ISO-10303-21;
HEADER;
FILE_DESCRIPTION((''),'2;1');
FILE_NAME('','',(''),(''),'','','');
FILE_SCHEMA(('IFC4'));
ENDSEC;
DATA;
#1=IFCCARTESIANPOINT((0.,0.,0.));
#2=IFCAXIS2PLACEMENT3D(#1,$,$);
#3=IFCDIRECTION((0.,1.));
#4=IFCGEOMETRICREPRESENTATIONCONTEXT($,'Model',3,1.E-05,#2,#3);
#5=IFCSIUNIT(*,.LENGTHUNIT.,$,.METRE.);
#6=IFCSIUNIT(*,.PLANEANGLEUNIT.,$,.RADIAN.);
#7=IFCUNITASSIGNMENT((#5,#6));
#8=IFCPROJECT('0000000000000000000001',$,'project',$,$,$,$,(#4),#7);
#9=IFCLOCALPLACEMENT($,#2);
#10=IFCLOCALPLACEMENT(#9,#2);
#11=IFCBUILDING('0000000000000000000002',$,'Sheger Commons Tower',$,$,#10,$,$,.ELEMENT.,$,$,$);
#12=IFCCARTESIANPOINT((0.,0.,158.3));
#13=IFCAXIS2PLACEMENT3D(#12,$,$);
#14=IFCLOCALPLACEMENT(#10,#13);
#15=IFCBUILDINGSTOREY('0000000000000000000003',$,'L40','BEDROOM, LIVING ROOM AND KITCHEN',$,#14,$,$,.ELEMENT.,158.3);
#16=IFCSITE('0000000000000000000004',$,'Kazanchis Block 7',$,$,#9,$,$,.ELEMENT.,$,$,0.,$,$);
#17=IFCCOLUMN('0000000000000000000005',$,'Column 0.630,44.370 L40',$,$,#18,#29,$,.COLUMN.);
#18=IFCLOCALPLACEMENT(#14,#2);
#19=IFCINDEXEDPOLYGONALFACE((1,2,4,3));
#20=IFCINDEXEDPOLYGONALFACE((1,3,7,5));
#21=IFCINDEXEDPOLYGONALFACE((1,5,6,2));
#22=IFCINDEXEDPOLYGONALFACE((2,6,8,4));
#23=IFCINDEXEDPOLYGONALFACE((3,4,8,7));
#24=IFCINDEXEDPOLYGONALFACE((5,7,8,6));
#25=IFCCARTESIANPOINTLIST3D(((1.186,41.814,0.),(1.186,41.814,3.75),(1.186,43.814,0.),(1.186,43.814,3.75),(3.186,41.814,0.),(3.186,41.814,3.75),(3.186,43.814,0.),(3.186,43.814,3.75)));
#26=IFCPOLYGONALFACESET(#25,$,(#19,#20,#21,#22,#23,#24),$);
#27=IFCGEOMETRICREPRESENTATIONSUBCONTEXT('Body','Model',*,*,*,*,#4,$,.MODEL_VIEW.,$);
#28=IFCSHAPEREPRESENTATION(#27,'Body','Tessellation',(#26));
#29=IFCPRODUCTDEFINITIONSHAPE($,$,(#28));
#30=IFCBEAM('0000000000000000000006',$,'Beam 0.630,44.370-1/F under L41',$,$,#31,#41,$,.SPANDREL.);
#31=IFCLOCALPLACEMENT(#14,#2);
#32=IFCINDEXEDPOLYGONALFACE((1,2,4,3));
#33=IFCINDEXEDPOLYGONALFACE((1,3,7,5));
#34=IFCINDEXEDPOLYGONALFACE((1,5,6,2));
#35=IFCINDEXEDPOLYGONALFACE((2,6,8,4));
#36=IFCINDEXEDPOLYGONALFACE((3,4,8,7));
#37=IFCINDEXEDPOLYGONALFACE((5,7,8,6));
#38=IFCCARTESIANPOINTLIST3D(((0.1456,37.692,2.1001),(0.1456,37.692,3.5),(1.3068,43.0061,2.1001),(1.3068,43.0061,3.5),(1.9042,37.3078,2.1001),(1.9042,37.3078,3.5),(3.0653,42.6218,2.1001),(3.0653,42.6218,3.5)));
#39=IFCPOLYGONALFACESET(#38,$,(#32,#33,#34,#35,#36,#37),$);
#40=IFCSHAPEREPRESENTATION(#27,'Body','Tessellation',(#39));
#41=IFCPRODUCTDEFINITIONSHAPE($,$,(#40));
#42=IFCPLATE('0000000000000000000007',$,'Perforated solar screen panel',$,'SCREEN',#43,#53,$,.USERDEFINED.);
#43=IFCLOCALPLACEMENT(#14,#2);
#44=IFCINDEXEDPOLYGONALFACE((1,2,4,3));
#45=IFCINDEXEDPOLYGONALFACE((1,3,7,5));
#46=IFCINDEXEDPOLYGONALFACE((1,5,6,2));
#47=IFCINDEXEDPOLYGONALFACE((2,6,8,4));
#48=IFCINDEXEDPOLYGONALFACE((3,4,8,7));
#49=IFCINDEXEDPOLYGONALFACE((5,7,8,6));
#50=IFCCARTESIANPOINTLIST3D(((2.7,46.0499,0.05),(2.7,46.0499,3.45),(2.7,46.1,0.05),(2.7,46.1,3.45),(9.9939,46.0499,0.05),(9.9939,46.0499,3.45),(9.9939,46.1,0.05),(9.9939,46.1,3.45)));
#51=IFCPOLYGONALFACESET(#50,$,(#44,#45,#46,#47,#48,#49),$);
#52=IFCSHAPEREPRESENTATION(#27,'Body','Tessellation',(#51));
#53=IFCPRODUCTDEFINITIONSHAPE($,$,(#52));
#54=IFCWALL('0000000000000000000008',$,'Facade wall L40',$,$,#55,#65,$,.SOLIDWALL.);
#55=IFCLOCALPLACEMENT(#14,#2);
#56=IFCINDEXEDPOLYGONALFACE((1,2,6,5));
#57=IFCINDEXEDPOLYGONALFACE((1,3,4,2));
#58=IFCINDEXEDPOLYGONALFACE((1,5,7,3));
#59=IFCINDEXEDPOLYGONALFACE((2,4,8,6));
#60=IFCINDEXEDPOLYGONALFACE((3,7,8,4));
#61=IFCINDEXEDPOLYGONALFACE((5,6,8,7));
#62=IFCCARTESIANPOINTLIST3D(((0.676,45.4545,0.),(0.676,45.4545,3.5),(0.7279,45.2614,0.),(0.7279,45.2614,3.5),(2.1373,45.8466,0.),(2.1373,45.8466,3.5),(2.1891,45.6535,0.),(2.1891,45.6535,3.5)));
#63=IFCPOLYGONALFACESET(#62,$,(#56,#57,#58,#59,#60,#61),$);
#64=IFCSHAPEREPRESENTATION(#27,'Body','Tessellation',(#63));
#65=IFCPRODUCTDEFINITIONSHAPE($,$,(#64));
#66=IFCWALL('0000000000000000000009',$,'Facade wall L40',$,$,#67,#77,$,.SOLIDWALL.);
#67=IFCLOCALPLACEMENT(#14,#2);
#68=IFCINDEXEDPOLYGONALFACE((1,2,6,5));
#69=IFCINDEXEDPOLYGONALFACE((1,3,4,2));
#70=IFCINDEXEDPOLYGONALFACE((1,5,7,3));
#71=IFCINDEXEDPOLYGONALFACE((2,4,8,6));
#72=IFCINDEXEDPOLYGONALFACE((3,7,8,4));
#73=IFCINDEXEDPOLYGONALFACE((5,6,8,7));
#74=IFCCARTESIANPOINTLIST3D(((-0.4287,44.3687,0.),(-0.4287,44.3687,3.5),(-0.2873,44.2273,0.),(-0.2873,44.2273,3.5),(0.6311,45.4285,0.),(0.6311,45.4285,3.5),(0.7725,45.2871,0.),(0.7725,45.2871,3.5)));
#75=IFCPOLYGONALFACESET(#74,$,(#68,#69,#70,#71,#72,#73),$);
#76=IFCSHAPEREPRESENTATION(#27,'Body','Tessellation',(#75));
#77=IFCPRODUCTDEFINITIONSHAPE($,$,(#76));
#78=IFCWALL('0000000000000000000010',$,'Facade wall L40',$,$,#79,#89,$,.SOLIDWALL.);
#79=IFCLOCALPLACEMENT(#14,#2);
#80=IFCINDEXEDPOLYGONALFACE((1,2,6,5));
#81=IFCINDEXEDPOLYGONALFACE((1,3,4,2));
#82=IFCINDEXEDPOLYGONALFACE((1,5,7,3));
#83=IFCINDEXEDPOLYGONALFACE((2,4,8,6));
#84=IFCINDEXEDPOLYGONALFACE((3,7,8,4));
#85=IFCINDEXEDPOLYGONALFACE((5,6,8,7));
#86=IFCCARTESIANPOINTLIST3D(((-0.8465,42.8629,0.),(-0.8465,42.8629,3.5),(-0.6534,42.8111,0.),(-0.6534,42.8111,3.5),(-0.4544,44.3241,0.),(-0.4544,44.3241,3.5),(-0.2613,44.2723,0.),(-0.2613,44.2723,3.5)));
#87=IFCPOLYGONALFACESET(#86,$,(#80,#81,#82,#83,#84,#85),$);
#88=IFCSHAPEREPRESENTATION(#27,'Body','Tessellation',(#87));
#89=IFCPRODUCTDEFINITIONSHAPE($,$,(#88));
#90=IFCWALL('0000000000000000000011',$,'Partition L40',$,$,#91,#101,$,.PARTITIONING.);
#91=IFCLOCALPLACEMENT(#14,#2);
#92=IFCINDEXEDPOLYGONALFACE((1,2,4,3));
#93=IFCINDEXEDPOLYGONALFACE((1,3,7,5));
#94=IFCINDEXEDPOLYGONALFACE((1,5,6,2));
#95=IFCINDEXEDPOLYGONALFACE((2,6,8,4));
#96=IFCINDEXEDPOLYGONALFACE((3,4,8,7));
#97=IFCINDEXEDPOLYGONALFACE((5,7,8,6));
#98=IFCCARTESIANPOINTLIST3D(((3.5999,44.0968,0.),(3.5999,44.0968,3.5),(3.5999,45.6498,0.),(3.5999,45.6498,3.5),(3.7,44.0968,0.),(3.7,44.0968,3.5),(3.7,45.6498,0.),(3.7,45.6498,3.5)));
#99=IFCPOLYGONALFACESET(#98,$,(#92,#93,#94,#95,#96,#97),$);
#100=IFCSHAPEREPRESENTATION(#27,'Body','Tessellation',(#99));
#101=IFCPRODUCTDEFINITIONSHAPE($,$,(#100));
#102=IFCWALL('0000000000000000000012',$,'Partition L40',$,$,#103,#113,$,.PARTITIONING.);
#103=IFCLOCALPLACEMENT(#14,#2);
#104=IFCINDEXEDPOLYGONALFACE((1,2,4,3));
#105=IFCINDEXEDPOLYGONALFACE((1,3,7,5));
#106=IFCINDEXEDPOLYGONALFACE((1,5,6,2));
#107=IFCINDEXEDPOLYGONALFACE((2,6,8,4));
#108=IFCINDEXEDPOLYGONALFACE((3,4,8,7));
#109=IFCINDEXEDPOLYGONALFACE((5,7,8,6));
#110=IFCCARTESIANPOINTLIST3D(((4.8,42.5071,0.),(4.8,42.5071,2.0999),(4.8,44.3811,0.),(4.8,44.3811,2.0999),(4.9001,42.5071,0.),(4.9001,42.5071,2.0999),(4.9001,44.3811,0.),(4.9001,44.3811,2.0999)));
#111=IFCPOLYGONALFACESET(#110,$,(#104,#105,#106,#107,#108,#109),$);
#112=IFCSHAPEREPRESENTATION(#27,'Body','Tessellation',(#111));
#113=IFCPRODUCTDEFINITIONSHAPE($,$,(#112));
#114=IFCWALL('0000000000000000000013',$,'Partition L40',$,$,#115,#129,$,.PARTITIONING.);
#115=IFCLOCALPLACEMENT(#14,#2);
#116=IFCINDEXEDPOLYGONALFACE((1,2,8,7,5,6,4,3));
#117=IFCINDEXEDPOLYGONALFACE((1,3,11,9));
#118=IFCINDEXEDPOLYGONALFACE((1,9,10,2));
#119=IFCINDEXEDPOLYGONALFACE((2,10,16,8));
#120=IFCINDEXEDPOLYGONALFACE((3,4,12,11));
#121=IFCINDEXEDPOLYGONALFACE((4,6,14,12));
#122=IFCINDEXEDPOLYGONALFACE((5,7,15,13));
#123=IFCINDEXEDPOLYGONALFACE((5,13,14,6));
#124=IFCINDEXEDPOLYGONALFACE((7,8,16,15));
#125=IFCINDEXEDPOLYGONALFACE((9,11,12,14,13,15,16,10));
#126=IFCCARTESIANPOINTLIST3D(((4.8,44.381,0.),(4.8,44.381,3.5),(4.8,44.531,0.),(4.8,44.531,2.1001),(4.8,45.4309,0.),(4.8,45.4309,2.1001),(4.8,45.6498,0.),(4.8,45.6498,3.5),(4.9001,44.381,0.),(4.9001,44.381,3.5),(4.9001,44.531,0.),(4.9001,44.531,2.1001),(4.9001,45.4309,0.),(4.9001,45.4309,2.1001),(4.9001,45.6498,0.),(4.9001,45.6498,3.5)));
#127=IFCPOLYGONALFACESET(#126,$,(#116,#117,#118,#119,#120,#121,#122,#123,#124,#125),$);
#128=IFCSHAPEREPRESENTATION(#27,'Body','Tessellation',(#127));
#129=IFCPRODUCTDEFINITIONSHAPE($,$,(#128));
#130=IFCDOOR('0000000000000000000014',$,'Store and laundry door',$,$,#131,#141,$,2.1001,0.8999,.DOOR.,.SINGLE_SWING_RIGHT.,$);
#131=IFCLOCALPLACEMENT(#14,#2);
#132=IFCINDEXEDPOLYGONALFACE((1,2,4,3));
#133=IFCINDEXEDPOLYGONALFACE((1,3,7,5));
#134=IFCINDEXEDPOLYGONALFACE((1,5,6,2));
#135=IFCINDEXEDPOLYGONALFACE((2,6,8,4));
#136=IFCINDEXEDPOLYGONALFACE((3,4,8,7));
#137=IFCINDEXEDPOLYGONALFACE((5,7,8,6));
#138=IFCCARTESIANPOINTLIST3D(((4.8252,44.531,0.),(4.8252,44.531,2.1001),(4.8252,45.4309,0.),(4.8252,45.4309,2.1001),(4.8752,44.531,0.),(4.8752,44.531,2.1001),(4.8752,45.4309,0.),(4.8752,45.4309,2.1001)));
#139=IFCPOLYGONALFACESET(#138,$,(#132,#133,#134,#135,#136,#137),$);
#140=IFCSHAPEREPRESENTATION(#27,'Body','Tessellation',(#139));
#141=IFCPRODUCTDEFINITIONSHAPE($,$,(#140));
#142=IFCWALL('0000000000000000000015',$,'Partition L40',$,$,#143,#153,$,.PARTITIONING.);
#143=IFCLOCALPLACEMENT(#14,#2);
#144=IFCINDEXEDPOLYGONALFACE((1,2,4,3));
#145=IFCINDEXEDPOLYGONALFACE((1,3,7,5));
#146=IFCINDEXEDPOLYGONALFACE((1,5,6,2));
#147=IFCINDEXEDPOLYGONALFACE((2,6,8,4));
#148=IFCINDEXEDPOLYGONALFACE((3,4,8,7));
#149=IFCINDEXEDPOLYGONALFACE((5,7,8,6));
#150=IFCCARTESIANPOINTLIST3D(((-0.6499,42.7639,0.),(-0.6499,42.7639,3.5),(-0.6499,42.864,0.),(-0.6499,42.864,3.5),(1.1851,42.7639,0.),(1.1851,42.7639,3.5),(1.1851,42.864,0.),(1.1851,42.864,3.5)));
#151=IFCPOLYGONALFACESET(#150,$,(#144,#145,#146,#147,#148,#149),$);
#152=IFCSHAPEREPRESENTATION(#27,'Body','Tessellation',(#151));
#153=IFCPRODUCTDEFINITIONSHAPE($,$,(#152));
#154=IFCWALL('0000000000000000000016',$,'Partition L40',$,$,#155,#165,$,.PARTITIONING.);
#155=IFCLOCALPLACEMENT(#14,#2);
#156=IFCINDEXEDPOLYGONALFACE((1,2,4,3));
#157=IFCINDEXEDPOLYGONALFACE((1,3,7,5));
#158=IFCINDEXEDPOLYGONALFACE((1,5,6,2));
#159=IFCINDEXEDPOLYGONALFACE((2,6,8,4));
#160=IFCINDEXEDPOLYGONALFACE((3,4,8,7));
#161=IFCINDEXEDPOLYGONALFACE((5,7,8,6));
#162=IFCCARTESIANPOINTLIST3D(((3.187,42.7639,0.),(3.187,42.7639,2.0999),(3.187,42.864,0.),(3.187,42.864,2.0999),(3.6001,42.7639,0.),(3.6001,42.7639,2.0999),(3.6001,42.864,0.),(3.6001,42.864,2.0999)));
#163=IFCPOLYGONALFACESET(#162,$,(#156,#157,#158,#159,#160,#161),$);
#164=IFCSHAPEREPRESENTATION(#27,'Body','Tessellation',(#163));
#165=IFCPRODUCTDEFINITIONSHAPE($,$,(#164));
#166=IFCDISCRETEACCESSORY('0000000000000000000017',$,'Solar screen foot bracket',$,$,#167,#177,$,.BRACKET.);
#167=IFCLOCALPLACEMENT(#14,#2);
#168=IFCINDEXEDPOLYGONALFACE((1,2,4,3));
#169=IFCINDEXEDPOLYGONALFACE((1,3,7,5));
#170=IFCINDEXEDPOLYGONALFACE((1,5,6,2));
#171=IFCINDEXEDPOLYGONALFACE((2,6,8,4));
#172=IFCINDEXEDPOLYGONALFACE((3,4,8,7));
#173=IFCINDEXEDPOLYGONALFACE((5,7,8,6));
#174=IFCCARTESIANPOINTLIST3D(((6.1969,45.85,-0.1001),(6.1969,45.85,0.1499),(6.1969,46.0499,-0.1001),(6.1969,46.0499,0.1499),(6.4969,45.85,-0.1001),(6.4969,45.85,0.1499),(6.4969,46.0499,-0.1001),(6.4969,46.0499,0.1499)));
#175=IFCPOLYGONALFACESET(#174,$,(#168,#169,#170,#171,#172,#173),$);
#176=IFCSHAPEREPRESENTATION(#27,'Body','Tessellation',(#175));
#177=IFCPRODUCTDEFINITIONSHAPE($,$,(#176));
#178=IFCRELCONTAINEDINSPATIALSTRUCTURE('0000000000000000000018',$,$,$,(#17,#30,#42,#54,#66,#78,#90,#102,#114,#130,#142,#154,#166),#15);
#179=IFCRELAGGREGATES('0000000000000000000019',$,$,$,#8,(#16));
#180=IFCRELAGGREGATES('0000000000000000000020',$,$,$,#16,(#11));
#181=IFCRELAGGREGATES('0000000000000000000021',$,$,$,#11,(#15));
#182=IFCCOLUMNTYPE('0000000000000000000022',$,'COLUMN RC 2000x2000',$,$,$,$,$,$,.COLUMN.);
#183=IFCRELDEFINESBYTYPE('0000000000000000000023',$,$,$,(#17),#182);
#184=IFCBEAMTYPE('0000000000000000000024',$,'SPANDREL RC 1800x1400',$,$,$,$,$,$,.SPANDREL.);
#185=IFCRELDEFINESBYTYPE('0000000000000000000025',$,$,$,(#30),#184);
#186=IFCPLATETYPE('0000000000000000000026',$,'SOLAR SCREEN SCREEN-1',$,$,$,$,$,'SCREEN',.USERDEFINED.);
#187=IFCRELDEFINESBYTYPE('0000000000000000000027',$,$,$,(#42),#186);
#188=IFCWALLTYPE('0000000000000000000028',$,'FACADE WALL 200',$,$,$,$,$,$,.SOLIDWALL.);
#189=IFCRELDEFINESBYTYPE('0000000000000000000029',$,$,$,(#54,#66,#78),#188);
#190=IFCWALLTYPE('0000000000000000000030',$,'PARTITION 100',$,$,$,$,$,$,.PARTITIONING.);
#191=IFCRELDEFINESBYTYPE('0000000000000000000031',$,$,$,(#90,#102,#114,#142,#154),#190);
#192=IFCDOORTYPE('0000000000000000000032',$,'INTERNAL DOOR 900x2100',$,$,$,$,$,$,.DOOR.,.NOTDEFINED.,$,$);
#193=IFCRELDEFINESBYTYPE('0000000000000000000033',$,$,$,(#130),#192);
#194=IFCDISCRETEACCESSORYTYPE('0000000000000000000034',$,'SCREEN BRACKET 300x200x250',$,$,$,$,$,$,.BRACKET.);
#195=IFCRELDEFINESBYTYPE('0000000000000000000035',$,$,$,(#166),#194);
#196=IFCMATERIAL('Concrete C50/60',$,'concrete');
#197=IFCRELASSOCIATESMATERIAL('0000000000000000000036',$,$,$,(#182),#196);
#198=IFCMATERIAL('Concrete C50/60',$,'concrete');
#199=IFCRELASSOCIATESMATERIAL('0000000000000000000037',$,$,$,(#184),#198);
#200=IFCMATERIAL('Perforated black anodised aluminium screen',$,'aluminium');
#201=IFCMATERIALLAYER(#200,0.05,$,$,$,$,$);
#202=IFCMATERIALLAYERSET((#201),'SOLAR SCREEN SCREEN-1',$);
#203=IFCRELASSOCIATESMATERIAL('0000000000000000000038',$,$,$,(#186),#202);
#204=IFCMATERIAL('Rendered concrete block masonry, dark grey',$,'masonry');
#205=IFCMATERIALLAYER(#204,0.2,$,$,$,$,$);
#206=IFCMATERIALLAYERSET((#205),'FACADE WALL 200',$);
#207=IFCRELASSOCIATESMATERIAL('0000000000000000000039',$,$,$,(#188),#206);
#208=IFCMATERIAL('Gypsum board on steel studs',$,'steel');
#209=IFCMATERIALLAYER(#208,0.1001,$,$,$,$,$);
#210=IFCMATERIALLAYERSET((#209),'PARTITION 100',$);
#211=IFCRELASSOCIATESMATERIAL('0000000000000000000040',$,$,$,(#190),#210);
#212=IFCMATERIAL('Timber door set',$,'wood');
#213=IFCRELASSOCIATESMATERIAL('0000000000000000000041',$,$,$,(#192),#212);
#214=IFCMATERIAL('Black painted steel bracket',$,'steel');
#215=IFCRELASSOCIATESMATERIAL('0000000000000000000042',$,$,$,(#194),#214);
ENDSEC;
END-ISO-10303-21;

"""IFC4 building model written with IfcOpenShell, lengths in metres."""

from ifc_helpers import new_model, si_unit, direction, frame, frame_2d, origin, origin_2d, place, context, subcontext, project, spatial, rectangle, extrude, material, layer, layer_set, material_profile, profile_set, type_object, element, fill, save


model = new_model("IFC4")

# Units and contexts
model_context = context("Model", 3, precision=1e-05, world=origin(), true_north=direction((0.0, 1.0)))
body_context = subcontext(model_context, "Body", "Model", "MODEL_VIEW")
ifc_project = project(units=[si_unit("LENGTHUNIT", "METRE"), si_unit("PLANEANGLEUNIT", "RADIAN")], contexts=[model_context])

# Site, building, storey
site_placement = place(None, origin())
site = spatial("IfcSite", under=ifc_project, at=site_placement, Name="Kazanchis Block 7", CompositionType="ELEMENT", RefElevation=0.0)
building_placement = place(site_placement, origin())
building = spatial("IfcBuilding", under=site, at=building_placement, Name="Sheger Commons Tower", CompositionType="ELEMENT")
storey_placement = place(building_placement, frame((0.0, 0.0, 158.3)))
storey = spatial("IfcBuildingStorey", under=building, at=storey_placement, Name="L40", Description="BEDROOM, LIVING ROOM AND KITCHEN", CompositionType="ELEMENT", Elevation=158.3)

# Column
ifc_material_1 = material(Name="Concrete C50/60", Category="concrete")
ifc_material_profile_1 = material_profile(ifc_material_1, rectangle(XDim=2.0, YDim=2.0, at=origin_2d()), Name="RC 2000x2000")
ifc_profile_set_1 = profile_set([ifc_material_profile_1], Name="Concrete C50/60")
column_type = type_object("IfcColumnType", Name="COLUMN RC 2000x2000", PredefinedType="COLUMN", material=ifc_profile_set_1)
column_placement = place(storey_placement, frame((2.186, 42.814, 0.0), z_axis=(0.0, 0.0, 1.0), x_axis=(1.0, 0.0, 0.0)))
element("IfcColumn", 1, at=column_placement, inside=storey, type_object=column_type, Name="Column 0.630,44.370 L40", PredefinedType="COLUMN", context=body_context, shape_type="SweptSolid", body=[
    extrude(rectangle(XDim=2.0, YDim=2.0, at=origin_2d()), origin(), (0.0, 0.0, 1.0), 3.75),
])

# Beam
ifc_material_2 = material(Name="Concrete C50/60", Category="concrete")
ifc_material_profile_2 = material_profile(ifc_material_2, rectangle(XDim=1.8, YDim=1.3999, at=origin_2d()), Name="RC 1800x1400")
ifc_profile_set_2 = profile_set([ifc_material_profile_2], Name="Concrete C50/60")
beam_type = type_object("IfcBeamType", Name="SPANDREL RC 1800x1400", PredefinedType="SPANDREL", material=ifc_profile_set_2)
beam_placement = place(storey_placement, frame((2.186, 42.814, 2.8), z_axis=(-0.213469, -0.97695, 0.0), x_axis=(0.97695, -0.213469, 0.0)))
element("IfcBeam", 2, at=beam_placement, inside=storey, type_object=beam_type, Name="Beam 0.630,44.370-1/F under L41", PredefinedType="SPANDREL", context=body_context, shape_type="SweptSolid", body=[
    extrude(rectangle(XDim=1.8, YDim=1.3999, at=origin_2d()), origin(), (0.0, 0.0, 1.0), 5.4395),
])

# Plate
ifc_material_3 = material(Name="Perforated black anodised aluminium screen", Category="aluminium")
ifc_layer_1 = layer(ifc_material_3, 0.05)
ifc_layer_set_1 = layer_set([ifc_layer_1], Name="SOLAR SCREEN SCREEN-1")
plate_type = type_object("IfcPlateType", Name="SOLAR SCREEN SCREEN-1", ElementType="SCREEN", PredefinedType="USERDEFINED", material=ifc_layer_set_1)
plate_placement = place(storey_placement, frame((6.3469, 46.075, 0.05), z_axis=(0.0, 0.0, 1.0), x_axis=(-1.0, 0.0, 0.0)))
element("IfcPlate", 3, at=plate_placement, inside=storey, type_object=plate_type, Name="Perforated solar screen panel", ObjectType="SCREEN", PredefinedType="USERDEFINED", context=body_context, shape_type="SweptSolid", body=[
    extrude(rectangle(XDim=7.2939, YDim=0.05, at=origin_2d()), origin(), (0.0, 0.0, 1.0), 3.3999),
])

# Walls
ifc_material_4 = material(Name="Rendered concrete block masonry, dark grey", Category="masonry")
ifc_layer_2 = layer(ifc_material_4, 0.2)
ifc_layer_set_2 = layer_set([ifc_layer_2], Name="FACADE WALL 200")
wall_type_1 = type_object("IfcWallType", Name="FACADE WALL 200", PredefinedType="SOLIDWALL", material=ifc_layer_set_2)
wall_1_placement = place(storey_placement, frame((2.1631, 45.75, 0.0), z_axis=(0.0, 0.0, 1.0), x_axis=(-0.965832, -0.259169, 0.0)))
element("IfcWall", 4, at=wall_1_placement, inside=storey, type_object=wall_type_1, Name="Facade wall L40", PredefinedType="SOLIDWALL", context=body_context, shape_type="SweptSolid", body=[
    extrude(rectangle(XDim=1.5129, YDim=0.2, at=frame_2d((0.7563, 0.0))), origin(), (0.0, 0.0, 1.0), 3.5),
])
wall_2_placement = place(storey_placement, frame((0.7019, 45.3579, 0.0), z_axis=(0.0, 0.0, 1.0), x_axis=(-0.707107, -0.707107, 0.0)))
element("IfcWall", 5, at=wall_2_placement, inside=storey, type_object=wall_type_1, Name="Facade wall L40", PredefinedType="SOLIDWALL", context=body_context, shape_type="SweptSolid", body=[
    extrude(rectangle(XDim=1.4988, YDim=0.2, at=frame_2d((0.7495, 0.0))), origin(), (0.0, 0.0, 1.0), 3.5),
])
wall_3_placement = place(storey_placement, frame((-0.3579, 44.2981, 0.0), z_axis=(0.0, 0.0, 1.0), x_axis=(-0.259169, -0.965832, 0.0)))
element("IfcWall", 6, at=wall_3_placement, inside=storey, type_object=wall_type_1, Name="Facade wall L40", PredefinedType="SOLIDWALL", context=body_context, shape_type="SweptSolid", body=[
    extrude(rectangle(XDim=1.5129, YDim=0.2, at=frame_2d((0.7563, 0.0))), origin(), (0.0, 0.0, 1.0), 3.5),
])

# Walls
ifc_material_5 = material(Name="Gypsum board on steel studs", Category="steel")
ifc_layer_3 = layer(ifc_material_5, 0.1001)
ifc_layer_set_3 = layer_set([ifc_layer_3], Name="PARTITION 100")
wall_type_2 = type_object("IfcWallType", Name="PARTITION 100", PredefinedType="PARTITIONING", material=ifc_layer_set_3)
wall_4_placement = place(storey_placement, frame((3.6499, 44.0969, 0.0), z_axis=(0.0, 0.0, 1.0), x_axis=(0.0, 1.0, 0.0)))
element("IfcWall", 7, at=wall_4_placement, inside=storey, type_object=wall_type_2, Name="Partition L40", PredefinedType="PARTITIONING", context=body_context, shape_type="SweptSolid", body=[
    extrude(rectangle(XDim=1.553, YDim=0.1001, at=frame_2d((0.7764, 0.0))), origin(), (0.0, 0.0, 1.0), 3.5),
])
wall_5_placement = place(storey_placement, frame((4.8501, 42.5071, 0.0), z_axis=(0.0, 0.0, 1.0), x_axis=(0.0, 1.0, 0.0)))
element("IfcWall", 8, at=wall_5_placement, inside=storey, type_object=wall_type_2, Name="Partition L40", PredefinedType="PARTITIONING", context=body_context, shape_type="SweptSolid", body=[
    extrude(rectangle(XDim=1.874, YDim=0.1001, at=frame_2d((0.937, 0.0))), origin(), (0.0, 0.0, 1.0), 2.0999),
])

# Wall, opening, door
wall_6_placement = place(storey_placement, frame((4.8501, 44.3811, 0.0), z_axis=(0.0, 0.0, 1.0), x_axis=(0.0, 1.0, 0.0)))
wall_6 = element("IfcWall", 9, at=wall_6_placement, inside=storey, type_object=wall_type_2, Name="Partition L40", PredefinedType="PARTITIONING", context=body_context, shape_type="SweptSolid", body=[
    extrude(rectangle(XDim=1.2688, YDim=0.1001, at=frame_2d((0.6343, 0.0))), origin(), (0.0, 0.0, 1.0), 3.5),
])
opening_1_placement = place(wall_6_placement, frame((0.1499, 0.0, 0.0)))
opening_1 = element("IfcOpeningElement", 10, at=opening_1_placement, cuts=wall_6, PredefinedType="OPENING", context=body_context, shape_type="SweptSolid", body=[
    extrude(rectangle(XDim=0.8999, YDim=2.1001, at=frame_2d((0.45, 1.05))), frame((0.0, 0.0601, 0.0), z_axis=(0.0, -1.0, 0.0), x_axis=(1.0, 0.0, 0.0)), (0.0, 0.0, 1.0), 0.1201),
])
ifc_material_6 = material(Name="Timber door set", Category="wood")
door_type = type_object("IfcDoorType", Name="INTERNAL DOOR 900x2100", OperationType="NOTDEFINED", PredefinedType="DOOR", material=ifc_material_6)
door_placement = place(opening_1_placement, origin())
door = element("IfcDoor", 11, at=door_placement, inside=storey, type_object=door_type, Name="Store and laundry door", OperationType="SINGLE_SWING_RIGHT", OverallHeight=2.1001, OverallWidth=0.8999, PredefinedType="DOOR", context=body_context, shape_type="SweptSolid", body=[
    extrude(rectangle(XDim=0.8999, YDim=2.1001, at=frame_2d((0.45, 1.05))), frame((0.0, 0.0249, 0.0), z_axis=(0.0, -1.0, 0.0), x_axis=(1.0, 0.0, 0.0)), (0.0, 0.0, 1.0), 0.05),
])
fill(opening_1, door)

# Walls
wall_7_placement = place(storey_placement, frame((-0.6499, 42.814, 0.0), z_axis=(0.0, 0.0, 1.0), x_axis=(1.0, 0.0, 0.0)))
element("IfcWall", 12, at=wall_7_placement, inside=storey, type_object=wall_type_2, Name="Partition L40", PredefinedType="PARTITIONING", context=body_context, shape_type="SweptSolid", body=[
    extrude(rectangle(XDim=1.835, YDim=0.1001, at=frame_2d((0.9175, 0.0))), origin(), (0.0, 0.0, 1.0), 3.5),
])
wall_8_placement = place(storey_placement, frame((3.187, 42.814, 0.0), z_axis=(0.0, 0.0, 1.0), x_axis=(1.0, 0.0, 0.0)))
element("IfcWall", 13, at=wall_8_placement, inside=storey, type_object=wall_type_2, Name="Partition L40", PredefinedType="PARTITIONING", context=body_context, shape_type="SweptSolid", body=[
    extrude(rectangle(XDim=0.4131, YDim=0.1001, at=frame_2d((0.2065, 0.0))), origin(), (0.0, 0.0, 1.0), 2.0999),
])

# Discrete accessory
ifc_material_7 = material(Name="Black painted steel bracket", Category="steel")
discrete_accessory_type = type_object("IfcDiscreteAccessoryType", Name="SCREEN BRACKET 300x200x250", PredefinedType="BRACKET", material=ifc_material_7)
for number, where, z_axis, x_axis, name in (
    (14, (6.3469, 45.95, -0.1001), (0.0, 0.0, 1.0), (-1.0, 0.0, 0.0), "Solar screen foot bracket"),
):
    element("IfcDiscreteAccessory", number, at=place(storey_placement, frame(where, z_axis=z_axis, x_axis=x_axis)), inside=storey, type_object=discrete_accessory_type, Name=name, PredefinedType="BRACKET", context=body_context, shape_type="SweptSolid", body=[
        extrude(rectangle(XDim=0.3, YDim=0.2, at=origin_2d()), origin(), (0.0, 0.0, 1.0), 0.25),
    ])

save(model, "model.ifc")
